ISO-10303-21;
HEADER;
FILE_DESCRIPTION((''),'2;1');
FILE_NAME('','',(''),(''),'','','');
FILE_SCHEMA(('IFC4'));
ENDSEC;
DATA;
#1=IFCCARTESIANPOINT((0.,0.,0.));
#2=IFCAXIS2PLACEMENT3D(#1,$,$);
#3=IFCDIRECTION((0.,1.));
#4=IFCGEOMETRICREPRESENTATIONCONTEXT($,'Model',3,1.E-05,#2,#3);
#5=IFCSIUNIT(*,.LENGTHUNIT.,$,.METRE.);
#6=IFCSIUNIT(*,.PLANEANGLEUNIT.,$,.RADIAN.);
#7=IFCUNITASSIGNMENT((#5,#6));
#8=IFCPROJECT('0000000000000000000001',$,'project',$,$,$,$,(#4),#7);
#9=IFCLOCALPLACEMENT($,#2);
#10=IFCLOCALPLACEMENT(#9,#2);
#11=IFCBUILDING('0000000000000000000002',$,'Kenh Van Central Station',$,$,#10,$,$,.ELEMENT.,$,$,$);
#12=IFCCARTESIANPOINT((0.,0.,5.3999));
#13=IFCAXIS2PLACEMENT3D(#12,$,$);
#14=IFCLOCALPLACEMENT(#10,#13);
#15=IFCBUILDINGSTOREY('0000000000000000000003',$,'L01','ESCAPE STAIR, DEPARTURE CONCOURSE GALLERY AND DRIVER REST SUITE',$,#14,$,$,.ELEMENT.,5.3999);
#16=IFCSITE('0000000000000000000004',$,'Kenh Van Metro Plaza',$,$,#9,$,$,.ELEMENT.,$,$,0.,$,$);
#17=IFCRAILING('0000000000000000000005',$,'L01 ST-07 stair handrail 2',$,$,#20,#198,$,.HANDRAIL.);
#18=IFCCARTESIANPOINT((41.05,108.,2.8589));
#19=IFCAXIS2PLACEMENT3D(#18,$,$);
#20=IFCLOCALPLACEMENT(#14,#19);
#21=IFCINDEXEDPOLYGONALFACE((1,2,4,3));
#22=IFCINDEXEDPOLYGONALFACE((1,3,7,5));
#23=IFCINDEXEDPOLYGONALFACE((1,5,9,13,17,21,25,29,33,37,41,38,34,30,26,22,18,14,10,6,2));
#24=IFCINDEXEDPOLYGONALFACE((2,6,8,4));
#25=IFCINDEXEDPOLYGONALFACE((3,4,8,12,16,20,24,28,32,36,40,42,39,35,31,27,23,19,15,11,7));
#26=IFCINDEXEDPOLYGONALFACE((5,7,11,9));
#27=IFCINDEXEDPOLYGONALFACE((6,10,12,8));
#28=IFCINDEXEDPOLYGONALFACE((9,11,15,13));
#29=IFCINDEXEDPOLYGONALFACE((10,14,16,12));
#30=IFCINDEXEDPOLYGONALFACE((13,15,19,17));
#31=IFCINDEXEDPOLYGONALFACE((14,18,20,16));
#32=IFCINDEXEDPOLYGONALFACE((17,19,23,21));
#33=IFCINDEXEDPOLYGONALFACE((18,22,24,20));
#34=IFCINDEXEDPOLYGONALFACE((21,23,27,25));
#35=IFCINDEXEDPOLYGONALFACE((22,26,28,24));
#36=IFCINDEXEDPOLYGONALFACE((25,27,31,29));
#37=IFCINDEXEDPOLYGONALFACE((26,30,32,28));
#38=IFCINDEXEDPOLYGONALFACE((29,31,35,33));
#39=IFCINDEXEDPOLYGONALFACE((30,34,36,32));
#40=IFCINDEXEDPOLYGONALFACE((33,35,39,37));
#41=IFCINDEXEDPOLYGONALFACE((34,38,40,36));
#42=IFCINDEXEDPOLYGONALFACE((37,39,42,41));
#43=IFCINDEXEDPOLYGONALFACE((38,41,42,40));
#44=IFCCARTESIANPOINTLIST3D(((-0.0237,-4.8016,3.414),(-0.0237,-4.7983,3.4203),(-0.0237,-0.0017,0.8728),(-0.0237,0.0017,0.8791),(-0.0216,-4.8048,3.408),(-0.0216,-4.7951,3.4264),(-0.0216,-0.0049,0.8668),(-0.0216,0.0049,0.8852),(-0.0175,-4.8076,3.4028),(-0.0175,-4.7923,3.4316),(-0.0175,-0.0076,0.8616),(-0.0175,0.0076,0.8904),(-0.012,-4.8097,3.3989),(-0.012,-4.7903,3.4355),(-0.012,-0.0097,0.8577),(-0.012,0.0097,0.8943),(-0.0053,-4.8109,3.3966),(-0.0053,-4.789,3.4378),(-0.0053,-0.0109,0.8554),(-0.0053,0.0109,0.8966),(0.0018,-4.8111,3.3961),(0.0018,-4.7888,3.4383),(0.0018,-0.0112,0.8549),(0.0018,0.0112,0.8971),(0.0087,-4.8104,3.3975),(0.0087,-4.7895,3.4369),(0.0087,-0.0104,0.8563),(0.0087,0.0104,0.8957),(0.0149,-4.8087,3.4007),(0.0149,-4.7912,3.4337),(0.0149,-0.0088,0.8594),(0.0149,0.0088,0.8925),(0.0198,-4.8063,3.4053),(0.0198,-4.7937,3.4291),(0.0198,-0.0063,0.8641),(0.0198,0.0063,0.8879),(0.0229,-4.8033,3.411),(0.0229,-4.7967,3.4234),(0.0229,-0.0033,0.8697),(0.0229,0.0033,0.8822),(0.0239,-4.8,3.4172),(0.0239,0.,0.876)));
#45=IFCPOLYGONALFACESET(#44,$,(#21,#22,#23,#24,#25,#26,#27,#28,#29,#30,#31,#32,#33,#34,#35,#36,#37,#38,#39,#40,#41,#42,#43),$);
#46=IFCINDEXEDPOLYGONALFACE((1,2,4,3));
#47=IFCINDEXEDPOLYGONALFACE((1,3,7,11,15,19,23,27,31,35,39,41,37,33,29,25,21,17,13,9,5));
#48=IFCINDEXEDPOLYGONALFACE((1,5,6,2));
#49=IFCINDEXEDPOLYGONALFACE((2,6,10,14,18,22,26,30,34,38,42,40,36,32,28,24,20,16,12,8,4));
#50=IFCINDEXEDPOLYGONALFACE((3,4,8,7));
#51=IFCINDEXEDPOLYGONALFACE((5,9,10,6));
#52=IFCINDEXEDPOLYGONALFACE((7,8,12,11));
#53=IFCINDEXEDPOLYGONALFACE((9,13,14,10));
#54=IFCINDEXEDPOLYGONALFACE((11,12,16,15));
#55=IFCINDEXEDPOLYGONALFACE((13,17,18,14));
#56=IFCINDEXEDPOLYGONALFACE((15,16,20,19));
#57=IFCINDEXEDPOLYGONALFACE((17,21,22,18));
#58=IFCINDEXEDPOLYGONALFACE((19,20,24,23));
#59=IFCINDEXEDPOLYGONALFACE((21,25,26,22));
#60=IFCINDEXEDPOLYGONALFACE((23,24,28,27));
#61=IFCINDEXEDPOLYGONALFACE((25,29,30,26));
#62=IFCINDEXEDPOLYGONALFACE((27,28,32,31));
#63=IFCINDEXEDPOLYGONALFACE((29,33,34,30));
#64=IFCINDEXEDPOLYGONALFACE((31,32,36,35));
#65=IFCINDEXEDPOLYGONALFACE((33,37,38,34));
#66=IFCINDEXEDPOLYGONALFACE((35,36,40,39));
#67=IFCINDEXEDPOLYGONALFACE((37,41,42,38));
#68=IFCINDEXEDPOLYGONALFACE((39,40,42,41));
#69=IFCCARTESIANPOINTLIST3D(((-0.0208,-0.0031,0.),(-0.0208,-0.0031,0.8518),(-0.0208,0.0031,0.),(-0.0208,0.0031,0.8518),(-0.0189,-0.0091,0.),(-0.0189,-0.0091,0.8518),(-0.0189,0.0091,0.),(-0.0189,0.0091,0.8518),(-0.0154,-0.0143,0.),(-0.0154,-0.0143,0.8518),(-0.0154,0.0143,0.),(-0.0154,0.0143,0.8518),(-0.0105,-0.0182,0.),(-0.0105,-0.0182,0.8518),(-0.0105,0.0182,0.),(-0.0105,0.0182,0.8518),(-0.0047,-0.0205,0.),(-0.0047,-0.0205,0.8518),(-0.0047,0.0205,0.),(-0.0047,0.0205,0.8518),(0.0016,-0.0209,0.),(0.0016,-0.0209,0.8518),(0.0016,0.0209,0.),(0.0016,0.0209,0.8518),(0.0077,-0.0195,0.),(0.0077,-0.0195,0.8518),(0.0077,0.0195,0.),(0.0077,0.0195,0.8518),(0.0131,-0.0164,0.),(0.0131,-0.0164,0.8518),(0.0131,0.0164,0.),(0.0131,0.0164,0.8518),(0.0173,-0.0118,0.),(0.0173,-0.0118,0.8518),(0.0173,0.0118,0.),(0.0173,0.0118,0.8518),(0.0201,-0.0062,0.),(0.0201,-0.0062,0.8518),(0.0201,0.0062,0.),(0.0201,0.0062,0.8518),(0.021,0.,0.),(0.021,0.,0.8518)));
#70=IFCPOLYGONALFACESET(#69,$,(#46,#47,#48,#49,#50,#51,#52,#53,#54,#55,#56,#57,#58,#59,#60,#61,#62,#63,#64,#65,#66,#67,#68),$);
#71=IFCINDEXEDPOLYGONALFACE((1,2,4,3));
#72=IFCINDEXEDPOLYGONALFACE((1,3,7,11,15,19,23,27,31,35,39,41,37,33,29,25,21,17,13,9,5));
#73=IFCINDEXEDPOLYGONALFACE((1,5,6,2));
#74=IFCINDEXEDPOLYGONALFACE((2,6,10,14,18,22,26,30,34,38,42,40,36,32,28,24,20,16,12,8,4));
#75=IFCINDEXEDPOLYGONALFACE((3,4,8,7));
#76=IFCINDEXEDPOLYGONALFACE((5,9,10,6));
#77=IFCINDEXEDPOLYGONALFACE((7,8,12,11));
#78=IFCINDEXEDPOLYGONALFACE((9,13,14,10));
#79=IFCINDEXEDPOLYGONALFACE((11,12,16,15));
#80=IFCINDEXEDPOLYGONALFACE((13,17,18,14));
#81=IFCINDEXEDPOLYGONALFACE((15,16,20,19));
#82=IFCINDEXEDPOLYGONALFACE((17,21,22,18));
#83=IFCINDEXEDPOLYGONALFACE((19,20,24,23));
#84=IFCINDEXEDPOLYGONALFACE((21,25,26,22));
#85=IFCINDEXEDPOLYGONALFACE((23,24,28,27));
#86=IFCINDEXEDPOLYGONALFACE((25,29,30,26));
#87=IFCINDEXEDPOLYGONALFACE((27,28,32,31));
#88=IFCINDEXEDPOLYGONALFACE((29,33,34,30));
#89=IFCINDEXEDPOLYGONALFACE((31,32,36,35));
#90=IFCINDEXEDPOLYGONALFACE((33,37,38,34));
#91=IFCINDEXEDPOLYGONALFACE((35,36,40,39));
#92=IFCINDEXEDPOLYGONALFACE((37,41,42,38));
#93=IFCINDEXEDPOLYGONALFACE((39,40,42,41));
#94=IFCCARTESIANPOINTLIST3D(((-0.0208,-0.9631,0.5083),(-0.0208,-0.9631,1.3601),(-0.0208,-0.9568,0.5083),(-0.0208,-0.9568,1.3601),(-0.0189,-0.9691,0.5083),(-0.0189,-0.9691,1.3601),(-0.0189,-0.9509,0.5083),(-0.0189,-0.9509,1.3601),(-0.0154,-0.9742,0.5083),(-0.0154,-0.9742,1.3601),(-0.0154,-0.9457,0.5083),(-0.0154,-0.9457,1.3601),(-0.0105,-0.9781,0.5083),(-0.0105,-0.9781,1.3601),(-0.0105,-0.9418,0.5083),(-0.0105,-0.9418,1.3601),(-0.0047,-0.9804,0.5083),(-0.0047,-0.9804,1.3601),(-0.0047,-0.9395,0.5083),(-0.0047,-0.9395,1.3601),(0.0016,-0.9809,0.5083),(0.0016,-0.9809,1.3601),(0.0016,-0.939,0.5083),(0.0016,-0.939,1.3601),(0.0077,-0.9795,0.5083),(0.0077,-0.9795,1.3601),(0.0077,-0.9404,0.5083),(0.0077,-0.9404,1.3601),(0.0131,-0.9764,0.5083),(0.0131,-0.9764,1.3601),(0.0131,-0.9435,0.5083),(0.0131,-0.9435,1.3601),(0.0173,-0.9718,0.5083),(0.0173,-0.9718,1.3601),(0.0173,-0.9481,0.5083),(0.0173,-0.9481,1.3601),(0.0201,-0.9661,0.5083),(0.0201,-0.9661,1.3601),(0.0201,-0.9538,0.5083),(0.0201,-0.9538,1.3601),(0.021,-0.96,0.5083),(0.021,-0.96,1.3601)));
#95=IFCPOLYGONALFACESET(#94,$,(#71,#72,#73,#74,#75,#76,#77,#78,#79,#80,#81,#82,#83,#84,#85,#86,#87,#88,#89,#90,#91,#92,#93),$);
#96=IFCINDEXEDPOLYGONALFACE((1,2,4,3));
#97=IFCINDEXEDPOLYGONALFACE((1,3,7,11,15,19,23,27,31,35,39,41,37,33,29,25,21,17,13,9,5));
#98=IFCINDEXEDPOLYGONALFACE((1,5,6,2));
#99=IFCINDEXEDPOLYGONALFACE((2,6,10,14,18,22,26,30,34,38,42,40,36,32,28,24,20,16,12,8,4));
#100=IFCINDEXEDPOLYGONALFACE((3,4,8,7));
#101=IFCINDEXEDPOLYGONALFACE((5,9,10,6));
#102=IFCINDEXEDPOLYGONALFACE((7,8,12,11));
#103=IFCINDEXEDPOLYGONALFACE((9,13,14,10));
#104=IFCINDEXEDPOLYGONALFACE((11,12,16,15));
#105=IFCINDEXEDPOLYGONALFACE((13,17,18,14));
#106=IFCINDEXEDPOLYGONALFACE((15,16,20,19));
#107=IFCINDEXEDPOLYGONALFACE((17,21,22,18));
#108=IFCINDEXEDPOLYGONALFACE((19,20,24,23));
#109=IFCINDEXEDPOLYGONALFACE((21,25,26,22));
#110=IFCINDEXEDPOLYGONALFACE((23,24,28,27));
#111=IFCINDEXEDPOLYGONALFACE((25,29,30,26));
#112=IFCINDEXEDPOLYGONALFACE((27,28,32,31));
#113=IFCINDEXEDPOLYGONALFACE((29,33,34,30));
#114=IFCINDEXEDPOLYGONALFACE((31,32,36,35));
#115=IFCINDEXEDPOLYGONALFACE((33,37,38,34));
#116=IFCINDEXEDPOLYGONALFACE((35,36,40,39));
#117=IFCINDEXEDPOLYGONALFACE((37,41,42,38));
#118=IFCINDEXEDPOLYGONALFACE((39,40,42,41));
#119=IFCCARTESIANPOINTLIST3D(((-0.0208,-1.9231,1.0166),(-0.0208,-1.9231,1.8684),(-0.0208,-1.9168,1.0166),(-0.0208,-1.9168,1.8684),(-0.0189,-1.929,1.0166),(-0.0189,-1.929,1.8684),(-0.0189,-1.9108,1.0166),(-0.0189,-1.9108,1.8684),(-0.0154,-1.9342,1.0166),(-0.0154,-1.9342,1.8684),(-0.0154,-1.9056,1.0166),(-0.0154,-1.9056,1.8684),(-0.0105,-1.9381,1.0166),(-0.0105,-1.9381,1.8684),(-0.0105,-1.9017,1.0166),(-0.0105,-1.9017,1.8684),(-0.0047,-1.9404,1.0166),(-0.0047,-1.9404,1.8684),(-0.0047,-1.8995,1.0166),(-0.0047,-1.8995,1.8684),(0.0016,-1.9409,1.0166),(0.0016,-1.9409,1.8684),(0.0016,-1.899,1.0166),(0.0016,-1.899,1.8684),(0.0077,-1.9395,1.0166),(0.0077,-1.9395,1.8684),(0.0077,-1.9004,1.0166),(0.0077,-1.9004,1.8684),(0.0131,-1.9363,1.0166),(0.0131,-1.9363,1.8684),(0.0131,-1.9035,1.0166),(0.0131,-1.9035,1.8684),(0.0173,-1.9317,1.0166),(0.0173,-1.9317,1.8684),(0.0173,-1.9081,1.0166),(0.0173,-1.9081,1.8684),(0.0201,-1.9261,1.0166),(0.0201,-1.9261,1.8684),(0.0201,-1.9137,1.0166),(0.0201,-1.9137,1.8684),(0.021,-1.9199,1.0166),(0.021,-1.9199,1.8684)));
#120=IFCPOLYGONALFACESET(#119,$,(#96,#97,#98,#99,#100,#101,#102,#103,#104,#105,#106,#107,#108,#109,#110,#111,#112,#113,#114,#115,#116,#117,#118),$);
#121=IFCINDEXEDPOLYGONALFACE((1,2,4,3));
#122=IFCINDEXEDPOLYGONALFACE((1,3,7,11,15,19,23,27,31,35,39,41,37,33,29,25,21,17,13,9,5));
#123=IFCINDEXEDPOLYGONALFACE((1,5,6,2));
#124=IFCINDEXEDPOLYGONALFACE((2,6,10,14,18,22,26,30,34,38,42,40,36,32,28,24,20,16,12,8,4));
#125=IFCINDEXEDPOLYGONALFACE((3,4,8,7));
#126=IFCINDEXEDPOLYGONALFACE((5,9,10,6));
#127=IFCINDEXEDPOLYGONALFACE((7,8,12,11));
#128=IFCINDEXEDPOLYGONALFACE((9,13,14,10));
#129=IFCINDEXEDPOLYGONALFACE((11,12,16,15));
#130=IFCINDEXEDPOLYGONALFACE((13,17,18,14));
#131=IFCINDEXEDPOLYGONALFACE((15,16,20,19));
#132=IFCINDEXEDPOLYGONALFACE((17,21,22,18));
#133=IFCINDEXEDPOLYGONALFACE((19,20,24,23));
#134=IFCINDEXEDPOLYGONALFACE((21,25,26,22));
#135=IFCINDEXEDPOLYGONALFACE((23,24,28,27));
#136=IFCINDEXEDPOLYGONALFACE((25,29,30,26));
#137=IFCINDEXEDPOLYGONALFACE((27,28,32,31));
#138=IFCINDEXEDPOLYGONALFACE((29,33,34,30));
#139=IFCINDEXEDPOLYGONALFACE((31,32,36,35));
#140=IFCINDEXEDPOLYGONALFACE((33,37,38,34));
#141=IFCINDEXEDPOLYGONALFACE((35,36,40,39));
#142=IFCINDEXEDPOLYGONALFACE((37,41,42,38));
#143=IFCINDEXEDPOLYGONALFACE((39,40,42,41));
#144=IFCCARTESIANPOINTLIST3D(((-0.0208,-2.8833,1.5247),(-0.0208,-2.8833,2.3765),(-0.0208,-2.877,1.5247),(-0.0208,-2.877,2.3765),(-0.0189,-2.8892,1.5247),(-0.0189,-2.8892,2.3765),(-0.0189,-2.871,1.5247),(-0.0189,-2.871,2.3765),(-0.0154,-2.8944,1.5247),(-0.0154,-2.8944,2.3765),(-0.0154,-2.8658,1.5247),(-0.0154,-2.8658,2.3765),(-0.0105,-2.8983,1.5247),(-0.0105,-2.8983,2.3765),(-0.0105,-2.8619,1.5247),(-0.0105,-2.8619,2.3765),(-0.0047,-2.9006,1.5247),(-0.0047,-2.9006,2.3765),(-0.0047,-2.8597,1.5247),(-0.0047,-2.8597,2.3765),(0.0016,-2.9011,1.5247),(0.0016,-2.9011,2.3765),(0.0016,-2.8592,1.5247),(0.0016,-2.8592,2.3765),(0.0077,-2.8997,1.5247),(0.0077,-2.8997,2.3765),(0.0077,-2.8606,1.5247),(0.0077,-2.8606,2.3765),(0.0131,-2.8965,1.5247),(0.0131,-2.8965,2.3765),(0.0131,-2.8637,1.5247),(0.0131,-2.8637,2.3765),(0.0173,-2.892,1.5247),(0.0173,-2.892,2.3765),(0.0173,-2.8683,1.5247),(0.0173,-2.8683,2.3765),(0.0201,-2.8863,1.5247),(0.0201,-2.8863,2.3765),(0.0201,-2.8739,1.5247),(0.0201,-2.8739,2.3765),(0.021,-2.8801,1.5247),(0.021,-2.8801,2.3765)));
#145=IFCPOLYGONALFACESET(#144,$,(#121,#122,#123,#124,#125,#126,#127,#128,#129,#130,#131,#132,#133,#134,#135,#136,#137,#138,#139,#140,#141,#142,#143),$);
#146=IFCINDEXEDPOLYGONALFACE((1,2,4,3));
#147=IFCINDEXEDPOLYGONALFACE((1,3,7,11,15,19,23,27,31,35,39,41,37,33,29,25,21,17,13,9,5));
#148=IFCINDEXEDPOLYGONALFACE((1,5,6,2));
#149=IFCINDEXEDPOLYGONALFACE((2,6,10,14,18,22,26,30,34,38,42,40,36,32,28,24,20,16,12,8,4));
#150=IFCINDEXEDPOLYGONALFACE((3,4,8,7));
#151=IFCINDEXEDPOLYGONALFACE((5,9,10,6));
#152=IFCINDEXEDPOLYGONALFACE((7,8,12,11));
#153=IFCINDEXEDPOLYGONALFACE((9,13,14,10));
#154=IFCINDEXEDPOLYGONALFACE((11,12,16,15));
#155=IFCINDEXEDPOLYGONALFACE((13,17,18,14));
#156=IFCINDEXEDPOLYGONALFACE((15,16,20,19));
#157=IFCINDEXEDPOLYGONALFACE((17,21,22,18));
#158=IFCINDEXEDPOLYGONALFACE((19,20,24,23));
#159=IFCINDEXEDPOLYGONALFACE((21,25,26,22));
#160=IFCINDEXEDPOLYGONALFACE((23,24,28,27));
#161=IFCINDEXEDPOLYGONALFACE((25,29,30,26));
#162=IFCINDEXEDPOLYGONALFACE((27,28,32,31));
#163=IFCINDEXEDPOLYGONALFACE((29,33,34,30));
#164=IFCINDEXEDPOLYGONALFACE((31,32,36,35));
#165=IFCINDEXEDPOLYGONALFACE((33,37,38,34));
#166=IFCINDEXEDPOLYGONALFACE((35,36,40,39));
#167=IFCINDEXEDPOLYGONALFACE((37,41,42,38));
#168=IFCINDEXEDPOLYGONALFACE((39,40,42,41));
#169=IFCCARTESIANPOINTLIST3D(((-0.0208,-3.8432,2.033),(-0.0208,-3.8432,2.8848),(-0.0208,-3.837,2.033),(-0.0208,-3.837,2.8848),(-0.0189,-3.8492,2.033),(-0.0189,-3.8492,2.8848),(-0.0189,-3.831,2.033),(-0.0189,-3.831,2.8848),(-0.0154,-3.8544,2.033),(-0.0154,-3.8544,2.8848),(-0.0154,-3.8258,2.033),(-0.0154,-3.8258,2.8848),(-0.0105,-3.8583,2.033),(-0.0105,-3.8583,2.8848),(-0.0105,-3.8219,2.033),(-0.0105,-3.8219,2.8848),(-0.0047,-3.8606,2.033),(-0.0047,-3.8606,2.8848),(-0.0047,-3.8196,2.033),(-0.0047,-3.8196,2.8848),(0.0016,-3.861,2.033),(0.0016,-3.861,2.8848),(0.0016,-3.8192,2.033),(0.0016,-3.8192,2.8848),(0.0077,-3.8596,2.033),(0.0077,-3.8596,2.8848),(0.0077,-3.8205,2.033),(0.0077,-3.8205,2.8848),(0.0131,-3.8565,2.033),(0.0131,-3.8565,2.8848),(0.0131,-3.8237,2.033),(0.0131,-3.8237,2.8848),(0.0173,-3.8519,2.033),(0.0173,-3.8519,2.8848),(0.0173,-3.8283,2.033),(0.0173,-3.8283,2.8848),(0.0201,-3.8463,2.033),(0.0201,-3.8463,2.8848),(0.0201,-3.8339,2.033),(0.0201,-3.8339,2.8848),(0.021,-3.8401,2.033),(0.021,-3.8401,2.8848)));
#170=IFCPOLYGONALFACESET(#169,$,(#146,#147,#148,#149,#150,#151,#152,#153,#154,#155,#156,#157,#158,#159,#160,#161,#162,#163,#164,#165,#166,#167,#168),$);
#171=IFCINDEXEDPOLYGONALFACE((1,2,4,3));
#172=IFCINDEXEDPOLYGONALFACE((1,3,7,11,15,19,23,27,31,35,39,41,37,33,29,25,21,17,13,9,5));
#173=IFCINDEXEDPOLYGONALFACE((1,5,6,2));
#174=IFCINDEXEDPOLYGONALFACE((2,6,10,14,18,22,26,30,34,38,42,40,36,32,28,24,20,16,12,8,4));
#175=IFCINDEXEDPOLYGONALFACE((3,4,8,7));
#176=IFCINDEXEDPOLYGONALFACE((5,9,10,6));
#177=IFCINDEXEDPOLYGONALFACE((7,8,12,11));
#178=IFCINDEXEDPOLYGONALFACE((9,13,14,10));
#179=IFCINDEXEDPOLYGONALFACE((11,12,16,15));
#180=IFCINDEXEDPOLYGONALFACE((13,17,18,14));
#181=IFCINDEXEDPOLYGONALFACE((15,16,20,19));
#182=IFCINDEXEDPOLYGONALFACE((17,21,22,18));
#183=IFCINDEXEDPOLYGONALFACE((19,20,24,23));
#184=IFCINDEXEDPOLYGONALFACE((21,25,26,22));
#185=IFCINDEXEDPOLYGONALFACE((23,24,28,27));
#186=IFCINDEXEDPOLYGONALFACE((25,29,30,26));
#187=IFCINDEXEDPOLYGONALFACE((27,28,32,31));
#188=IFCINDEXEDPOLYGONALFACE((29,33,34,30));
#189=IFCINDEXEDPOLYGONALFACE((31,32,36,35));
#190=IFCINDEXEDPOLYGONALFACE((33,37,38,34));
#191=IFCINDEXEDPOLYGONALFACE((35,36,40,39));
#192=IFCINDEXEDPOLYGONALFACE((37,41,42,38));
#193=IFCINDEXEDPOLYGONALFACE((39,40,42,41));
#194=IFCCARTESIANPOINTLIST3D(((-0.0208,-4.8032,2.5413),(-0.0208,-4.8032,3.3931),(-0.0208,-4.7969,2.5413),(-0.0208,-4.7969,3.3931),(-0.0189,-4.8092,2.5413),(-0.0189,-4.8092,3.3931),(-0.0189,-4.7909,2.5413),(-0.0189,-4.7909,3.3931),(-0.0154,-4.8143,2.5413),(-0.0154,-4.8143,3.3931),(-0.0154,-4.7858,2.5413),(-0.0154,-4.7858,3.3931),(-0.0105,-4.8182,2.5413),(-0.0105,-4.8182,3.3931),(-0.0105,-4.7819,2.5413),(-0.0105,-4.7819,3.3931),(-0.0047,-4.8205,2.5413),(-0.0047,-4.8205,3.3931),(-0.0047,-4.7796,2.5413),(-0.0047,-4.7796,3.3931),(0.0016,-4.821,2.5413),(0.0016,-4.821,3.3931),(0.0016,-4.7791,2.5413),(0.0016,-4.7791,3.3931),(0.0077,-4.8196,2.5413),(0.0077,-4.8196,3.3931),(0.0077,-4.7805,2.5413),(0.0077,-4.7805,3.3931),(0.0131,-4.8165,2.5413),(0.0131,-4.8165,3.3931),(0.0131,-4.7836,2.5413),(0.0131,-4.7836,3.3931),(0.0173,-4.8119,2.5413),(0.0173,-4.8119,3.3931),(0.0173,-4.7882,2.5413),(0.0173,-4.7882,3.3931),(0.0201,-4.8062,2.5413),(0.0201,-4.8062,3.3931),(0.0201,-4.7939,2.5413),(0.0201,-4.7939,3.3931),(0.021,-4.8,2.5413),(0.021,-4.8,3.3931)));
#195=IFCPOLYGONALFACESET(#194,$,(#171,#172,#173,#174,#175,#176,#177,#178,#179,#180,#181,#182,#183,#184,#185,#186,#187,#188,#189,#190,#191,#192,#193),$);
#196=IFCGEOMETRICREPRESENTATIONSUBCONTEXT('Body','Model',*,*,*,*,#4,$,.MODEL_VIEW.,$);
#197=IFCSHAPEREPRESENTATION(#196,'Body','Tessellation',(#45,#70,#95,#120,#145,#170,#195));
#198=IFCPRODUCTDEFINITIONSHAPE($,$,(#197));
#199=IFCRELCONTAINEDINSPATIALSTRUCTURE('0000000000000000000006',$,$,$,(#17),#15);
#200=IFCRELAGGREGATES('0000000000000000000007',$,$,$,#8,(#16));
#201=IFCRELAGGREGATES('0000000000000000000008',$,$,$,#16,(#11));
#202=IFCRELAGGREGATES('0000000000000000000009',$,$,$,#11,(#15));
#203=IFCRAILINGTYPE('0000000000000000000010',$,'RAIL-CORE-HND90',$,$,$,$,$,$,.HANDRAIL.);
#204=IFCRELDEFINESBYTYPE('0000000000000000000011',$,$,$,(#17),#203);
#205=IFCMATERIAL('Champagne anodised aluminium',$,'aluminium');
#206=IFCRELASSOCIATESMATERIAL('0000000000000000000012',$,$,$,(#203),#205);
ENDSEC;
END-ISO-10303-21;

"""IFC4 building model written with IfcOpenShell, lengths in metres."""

from ifc_helpers import new_model, si_unit, direction, frame, origin, origin_2d, place, context, subcontext, project, spatial, circle, extrude, material, type_object, element, save


model = new_model("IFC4")

# Units and contexts
model_context = context("Model", 3, precision=1e-05, world=origin(), true_north=direction((0.0, 1.0)))
body_context = subcontext(model_context, "Body", "Model", "MODEL_VIEW")
ifc_project = project(units=[si_unit("LENGTHUNIT", "METRE"), si_unit("PLANEANGLEUNIT", "RADIAN")], contexts=[model_context])

# Site, building, storey
site_placement = place(None, origin())
site = spatial("IfcSite", under=ifc_project, at=site_placement, Name="Kenh Van Metro Plaza", CompositionType="ELEMENT", RefElevation=0.0)
building_placement = place(site_placement, origin())
building = spatial("IfcBuilding", under=site, at=building_placement, Name="Kenh Van Central Station", CompositionType="ELEMENT")
storey_placement = place(building_placement, frame((0.0, 0.0, 5.3999)))
storey = spatial("IfcBuildingStorey", under=building, at=storey_placement, Name="L01", Description="ESCAPE STAIR, DEPARTURE CONCOURSE GALLERY AND DRIVER REST SUITE", CompositionType="ELEMENT", Elevation=5.3999)

# Shared definitions
ifc_material_1 = material(Name="Champagne anodised aluminium", Category="aluminium")

# Railing
railing_type_1 = type_object("IfcRailingType", Name="RAIL-CORE-HND90", PredefinedType="HANDRAIL", material=ifc_material_1)
railing_1_placement = place(storey_placement, frame((41.05, 108.0, 2.8589)))
element("IfcRailing", 1, at=railing_1_placement, inside=storey, type_object=railing_type_1, Name="L01 ST-07 stair handrail 2", PredefinedType="HANDRAIL", context=body_context, shape_type="SweptSolid", body=[
    extrude(circle(Radius=0.0239, at=origin_2d()), frame((0.0, 0.0, 0.876), z_axis=(0.0, -0.883784, 0.467896), x_axis=(1.0, 0.0, 0.0)), (0.0, 0.0, 1.0), 5.4312),
    extrude(circle(Radius=0.021, at=origin_2d()), origin(), (0.0, 0.0, 1.0), 0.8518),
    extrude(circle(Radius=0.021, at=origin_2d()), frame((0.0, -0.96, 0.5083)), (0.0, 0.0, 1.0), 0.8518),
    extrude(circle(Radius=0.021, at=origin_2d()), frame((0.0, -1.9199, 1.0166)), (0.0, 0.0, 1.0), 0.8518),
    extrude(circle(Radius=0.021, at=origin_2d()), frame((0.0, -2.8801, 1.5247)), (0.0, 0.0, 1.0), 0.8518),
    extrude(circle(Radius=0.021, at=origin_2d()), frame((0.0, -3.8401, 2.033)), (0.0, 0.0, 1.0), 0.8518),
    extrude(circle(Radius=0.021, at=origin_2d()), frame((0.0, -4.8, 2.5413)), (0.0, 0.0, 1.0), 0.8518),
])

save(model, "model.ifc")
